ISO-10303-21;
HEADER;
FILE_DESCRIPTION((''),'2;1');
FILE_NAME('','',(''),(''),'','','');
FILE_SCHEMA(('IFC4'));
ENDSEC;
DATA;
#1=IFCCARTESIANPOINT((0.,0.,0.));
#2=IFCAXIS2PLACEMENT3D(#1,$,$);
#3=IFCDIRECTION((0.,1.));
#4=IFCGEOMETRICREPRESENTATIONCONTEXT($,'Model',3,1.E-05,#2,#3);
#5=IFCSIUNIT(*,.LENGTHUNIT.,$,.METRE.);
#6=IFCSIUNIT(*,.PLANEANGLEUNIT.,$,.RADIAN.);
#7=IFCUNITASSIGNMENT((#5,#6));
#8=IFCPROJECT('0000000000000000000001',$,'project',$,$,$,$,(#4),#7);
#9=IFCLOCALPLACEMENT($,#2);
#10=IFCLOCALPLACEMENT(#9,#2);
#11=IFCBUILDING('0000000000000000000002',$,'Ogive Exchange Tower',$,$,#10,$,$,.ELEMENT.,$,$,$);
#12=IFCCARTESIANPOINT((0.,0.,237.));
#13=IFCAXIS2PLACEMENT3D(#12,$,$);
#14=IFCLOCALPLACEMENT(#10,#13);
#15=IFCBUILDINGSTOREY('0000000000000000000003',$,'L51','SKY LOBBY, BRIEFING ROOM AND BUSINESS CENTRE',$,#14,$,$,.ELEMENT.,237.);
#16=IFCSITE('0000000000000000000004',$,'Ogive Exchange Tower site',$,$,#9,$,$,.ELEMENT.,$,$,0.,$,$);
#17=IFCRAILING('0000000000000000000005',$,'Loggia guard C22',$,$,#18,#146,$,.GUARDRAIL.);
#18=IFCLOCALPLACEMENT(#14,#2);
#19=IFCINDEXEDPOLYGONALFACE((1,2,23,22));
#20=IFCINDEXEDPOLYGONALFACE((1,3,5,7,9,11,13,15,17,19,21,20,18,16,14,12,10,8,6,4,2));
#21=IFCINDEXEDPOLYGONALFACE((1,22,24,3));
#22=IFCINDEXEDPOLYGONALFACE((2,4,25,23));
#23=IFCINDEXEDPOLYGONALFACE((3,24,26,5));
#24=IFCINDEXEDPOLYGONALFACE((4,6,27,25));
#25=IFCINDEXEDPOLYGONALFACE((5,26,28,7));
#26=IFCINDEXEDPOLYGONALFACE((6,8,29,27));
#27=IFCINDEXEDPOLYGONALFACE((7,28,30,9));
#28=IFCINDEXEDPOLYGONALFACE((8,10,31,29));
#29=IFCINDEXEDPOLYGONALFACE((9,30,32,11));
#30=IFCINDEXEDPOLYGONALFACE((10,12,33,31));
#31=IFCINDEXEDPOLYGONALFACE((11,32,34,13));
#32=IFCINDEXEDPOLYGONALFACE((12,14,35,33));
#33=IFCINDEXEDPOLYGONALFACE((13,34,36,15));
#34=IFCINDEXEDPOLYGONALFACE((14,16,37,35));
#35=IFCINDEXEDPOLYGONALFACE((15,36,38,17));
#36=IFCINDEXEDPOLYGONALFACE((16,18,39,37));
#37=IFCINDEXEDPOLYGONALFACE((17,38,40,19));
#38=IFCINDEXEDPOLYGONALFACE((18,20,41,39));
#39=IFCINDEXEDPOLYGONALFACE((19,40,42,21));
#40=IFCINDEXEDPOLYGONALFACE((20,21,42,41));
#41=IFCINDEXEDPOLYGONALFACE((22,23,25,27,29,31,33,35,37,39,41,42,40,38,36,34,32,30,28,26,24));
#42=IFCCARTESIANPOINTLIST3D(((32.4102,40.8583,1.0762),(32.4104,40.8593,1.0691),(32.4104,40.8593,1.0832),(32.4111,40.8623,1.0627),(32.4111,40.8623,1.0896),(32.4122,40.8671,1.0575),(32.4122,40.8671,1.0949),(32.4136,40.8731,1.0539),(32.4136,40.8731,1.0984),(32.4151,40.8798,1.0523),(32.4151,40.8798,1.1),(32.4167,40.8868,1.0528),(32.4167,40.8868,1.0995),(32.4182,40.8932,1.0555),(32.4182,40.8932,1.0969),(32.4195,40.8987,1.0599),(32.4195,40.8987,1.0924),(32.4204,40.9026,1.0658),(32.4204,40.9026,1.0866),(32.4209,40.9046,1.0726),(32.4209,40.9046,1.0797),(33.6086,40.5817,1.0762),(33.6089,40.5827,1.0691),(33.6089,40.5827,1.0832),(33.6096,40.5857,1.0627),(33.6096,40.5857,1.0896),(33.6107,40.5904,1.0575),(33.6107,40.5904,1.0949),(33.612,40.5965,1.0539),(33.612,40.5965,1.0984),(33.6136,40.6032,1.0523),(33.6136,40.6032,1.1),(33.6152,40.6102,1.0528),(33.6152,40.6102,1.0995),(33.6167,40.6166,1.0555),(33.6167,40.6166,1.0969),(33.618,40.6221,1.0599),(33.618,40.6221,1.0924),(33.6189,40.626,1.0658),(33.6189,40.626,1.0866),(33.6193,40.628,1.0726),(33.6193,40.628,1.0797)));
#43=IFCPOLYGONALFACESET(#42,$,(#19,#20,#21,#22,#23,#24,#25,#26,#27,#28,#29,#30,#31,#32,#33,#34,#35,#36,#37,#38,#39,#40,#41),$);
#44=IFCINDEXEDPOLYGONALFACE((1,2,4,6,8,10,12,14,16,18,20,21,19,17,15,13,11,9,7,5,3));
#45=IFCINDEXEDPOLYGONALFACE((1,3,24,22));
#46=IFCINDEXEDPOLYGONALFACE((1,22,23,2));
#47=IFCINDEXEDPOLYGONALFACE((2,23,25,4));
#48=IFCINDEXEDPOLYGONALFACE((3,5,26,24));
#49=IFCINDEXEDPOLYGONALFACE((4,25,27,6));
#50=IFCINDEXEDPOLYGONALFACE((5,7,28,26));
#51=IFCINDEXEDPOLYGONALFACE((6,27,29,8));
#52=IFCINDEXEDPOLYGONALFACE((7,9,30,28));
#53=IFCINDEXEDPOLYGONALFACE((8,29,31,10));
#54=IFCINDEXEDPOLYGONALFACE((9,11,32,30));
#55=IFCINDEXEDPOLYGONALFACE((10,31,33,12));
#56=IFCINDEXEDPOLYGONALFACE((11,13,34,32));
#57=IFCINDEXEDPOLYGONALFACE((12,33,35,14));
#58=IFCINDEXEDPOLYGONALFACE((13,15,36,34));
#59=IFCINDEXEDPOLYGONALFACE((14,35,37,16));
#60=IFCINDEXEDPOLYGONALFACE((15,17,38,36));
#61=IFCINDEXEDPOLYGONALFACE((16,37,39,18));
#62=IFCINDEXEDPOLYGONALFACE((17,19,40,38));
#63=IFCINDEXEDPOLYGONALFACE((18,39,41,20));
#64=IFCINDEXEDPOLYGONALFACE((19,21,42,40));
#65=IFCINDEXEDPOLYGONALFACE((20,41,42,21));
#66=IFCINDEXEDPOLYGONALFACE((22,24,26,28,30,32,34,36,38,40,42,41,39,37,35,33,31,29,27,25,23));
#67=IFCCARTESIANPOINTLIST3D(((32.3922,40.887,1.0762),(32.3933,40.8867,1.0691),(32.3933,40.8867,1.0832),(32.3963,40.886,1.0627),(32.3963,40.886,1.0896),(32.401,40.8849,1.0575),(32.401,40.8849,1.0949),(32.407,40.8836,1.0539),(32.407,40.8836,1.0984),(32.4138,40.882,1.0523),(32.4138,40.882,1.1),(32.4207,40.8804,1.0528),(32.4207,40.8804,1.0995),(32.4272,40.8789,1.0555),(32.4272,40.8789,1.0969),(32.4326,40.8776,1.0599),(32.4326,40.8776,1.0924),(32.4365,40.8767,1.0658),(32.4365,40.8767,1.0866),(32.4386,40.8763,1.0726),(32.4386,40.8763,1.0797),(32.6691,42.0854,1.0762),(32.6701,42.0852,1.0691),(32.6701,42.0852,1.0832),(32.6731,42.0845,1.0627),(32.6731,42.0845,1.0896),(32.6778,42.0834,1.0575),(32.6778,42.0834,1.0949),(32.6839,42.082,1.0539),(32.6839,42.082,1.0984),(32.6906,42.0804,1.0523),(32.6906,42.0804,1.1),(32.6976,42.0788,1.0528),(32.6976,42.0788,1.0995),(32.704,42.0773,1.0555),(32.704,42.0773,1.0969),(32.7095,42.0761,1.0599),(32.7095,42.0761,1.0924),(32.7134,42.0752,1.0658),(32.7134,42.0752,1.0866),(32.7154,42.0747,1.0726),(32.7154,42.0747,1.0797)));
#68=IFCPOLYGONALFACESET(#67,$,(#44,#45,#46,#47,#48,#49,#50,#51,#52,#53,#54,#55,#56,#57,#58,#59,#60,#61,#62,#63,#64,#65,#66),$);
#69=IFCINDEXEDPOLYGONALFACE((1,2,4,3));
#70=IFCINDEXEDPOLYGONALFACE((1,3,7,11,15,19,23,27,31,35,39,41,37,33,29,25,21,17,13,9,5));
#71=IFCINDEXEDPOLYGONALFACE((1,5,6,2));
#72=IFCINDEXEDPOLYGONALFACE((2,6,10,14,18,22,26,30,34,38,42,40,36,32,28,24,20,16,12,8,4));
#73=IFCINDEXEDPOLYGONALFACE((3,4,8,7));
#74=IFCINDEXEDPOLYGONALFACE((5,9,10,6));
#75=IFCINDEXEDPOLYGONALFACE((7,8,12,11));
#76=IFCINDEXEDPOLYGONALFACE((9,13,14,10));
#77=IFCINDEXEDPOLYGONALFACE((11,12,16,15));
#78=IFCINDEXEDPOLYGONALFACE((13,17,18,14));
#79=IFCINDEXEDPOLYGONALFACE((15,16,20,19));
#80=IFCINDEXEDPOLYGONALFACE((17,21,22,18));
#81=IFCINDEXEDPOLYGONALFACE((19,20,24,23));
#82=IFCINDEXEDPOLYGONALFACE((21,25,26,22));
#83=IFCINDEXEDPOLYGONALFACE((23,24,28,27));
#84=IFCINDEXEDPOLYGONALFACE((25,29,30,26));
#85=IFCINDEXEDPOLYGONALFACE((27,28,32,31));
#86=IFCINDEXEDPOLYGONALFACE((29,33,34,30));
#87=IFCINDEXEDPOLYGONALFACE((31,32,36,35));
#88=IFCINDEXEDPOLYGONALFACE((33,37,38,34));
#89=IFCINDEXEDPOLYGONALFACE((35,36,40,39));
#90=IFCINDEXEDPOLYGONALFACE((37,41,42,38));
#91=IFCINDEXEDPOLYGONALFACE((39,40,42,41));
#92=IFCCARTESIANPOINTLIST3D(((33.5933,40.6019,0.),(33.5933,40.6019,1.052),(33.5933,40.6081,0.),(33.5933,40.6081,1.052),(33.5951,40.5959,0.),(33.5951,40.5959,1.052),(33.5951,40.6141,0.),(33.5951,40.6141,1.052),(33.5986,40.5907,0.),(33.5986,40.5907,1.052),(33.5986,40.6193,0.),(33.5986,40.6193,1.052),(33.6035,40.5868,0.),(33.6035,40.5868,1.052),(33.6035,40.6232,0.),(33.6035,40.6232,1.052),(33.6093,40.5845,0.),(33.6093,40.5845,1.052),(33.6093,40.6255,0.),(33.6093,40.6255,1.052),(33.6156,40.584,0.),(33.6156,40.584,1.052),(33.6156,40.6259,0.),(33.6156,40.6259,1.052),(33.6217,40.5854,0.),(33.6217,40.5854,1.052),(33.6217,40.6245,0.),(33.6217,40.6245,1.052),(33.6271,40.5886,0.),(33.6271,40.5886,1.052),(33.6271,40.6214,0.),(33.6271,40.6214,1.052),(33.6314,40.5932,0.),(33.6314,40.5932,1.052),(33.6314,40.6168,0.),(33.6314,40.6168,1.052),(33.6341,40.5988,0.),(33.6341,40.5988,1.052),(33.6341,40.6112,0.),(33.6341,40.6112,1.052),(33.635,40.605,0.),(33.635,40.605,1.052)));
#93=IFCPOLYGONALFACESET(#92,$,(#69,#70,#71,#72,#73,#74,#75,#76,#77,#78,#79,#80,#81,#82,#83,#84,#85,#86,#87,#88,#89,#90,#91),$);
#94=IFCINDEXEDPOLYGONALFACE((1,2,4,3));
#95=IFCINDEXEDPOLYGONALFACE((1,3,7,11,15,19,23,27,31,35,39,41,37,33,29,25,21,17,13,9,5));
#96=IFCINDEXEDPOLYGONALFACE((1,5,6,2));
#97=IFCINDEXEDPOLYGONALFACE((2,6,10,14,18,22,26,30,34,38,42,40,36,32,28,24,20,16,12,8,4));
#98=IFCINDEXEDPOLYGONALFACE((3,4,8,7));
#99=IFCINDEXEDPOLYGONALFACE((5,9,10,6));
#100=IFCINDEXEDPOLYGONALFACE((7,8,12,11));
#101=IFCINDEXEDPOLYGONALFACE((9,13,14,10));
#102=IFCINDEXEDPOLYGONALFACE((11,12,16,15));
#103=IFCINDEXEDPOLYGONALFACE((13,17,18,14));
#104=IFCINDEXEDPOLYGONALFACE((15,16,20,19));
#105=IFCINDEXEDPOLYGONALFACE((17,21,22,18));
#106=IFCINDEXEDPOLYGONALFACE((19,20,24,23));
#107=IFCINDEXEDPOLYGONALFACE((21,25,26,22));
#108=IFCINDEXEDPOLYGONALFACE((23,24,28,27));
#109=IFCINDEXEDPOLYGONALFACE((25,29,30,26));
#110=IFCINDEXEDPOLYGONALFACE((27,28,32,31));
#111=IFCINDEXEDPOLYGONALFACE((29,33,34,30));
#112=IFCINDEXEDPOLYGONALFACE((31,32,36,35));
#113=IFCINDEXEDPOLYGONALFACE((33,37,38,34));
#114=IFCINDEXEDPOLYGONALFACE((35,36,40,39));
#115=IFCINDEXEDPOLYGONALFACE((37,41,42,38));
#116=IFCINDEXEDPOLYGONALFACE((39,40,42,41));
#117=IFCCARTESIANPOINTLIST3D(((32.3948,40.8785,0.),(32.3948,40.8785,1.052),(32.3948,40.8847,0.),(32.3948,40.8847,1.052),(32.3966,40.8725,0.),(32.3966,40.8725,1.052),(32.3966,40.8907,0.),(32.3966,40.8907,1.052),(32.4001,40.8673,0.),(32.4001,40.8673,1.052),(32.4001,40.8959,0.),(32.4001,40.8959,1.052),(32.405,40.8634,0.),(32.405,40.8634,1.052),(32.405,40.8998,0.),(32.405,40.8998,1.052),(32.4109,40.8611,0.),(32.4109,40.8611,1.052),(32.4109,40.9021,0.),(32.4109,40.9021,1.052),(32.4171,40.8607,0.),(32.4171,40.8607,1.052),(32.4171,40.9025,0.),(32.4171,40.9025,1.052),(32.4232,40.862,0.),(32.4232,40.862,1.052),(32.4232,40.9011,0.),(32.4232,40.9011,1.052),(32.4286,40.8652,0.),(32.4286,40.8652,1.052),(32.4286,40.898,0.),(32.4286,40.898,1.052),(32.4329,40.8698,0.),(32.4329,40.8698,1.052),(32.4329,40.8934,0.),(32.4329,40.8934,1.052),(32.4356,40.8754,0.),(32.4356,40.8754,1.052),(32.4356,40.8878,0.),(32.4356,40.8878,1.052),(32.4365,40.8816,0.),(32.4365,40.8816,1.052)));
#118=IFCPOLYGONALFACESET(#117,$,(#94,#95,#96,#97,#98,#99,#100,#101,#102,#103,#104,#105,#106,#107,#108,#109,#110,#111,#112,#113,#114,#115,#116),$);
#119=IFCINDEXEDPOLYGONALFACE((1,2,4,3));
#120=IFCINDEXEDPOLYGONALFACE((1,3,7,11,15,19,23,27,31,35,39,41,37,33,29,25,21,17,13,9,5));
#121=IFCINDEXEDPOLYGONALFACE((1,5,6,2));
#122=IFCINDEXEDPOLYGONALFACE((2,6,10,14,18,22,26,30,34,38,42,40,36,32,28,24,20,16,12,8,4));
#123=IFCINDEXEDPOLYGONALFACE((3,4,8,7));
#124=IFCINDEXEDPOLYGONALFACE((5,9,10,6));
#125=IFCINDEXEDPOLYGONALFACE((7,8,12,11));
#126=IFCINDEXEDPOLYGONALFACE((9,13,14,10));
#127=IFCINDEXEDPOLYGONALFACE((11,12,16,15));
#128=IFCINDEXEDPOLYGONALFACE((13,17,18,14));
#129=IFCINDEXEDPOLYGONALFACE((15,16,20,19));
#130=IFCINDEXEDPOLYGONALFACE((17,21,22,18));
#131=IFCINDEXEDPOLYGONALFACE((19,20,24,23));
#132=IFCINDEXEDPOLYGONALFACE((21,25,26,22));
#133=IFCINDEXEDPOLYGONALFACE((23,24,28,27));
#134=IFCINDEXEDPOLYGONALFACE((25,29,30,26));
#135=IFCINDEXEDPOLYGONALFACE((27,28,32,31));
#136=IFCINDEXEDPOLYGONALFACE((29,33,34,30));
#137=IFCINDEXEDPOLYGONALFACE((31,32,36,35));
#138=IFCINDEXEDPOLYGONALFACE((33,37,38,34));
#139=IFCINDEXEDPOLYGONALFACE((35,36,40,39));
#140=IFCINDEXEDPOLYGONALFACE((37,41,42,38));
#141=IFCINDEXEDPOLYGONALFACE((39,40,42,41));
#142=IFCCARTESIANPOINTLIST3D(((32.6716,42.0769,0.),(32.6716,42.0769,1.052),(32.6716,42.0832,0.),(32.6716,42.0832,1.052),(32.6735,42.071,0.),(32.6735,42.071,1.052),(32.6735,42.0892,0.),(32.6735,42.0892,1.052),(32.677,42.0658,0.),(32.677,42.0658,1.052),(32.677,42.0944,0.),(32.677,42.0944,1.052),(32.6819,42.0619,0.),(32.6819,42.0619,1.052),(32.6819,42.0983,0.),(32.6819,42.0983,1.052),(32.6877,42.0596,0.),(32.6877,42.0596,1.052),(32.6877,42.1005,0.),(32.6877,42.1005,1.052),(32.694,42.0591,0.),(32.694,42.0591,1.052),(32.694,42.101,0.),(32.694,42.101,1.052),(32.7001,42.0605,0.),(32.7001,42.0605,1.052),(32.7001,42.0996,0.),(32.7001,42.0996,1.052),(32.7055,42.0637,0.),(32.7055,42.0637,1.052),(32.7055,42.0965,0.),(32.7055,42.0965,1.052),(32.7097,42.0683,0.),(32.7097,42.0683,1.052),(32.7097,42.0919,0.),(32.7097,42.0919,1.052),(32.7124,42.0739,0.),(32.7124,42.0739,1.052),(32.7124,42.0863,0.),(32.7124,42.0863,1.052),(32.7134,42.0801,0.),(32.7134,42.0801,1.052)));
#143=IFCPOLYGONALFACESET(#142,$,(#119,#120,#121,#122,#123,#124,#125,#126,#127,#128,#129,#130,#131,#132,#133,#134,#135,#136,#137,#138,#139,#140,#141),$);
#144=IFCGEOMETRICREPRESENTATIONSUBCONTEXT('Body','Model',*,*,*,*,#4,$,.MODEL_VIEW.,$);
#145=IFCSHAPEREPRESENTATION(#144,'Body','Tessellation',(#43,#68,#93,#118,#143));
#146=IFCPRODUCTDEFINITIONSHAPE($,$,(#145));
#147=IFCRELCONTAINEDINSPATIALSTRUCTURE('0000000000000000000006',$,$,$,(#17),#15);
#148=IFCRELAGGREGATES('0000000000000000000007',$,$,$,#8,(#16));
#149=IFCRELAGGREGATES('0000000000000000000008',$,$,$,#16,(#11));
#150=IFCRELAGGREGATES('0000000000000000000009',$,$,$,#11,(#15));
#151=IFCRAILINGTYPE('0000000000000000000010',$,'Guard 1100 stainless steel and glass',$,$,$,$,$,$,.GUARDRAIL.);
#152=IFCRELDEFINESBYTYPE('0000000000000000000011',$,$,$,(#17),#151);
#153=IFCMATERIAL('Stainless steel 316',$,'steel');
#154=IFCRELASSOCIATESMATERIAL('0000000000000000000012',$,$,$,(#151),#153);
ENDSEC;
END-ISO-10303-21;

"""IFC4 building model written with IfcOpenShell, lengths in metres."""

from ifc_helpers import new_model, si_unit, direction, frame, origin, origin_2d, place, context, subcontext, project, spatial, circle, extrude, material, type_object, element, save


model = new_model("IFC4")

# Units and contexts
model_context = context("Model", 3, precision=1e-05, world=origin(), true_north=direction((0.0, 1.0)))
body_context = subcontext(model_context, "Body", "Model", "MODEL_VIEW")
ifc_project = project(units=[si_unit("LENGTHUNIT", "METRE"), si_unit("PLANEANGLEUNIT", "RADIAN")], contexts=[model_context])

# Site, building, storey
site_placement = place(None, origin())
site = spatial("IfcSite", under=ifc_project, at=site_placement, Name="Ogive Exchange Tower site", CompositionType="ELEMENT", RefElevation=0.0)
building_placement = place(site_placement, origin())
building = spatial("IfcBuilding", under=site, at=building_placement, Name="Ogive Exchange Tower", CompositionType="ELEMENT")
storey_placement = place(building_placement, frame((0.0, 0.0, 237.0)))
storey = spatial("IfcBuildingStorey", under=building, at=storey_placement, Name="L51", Description="SKY LOBBY, BRIEFING ROOM AND BUSINESS CENTRE", CompositionType="ELEMENT", Elevation=237.0)

# Railing
ifc_material_1 = material(Name="Stainless steel 316", Category="steel")
railing_type = type_object("IfcRailingType", Name="Guard 1100 stainless steel and glass", PredefinedType="GUARDRAIL", material=ifc_material_1)
railing_1_placement = place(storey_placement, frame((33.614, 40.605, 0.0)))
element("IfcRailing", 1, at=railing_1_placement, inside=storey, type_object=railing_type, Name="Loggia guard C22", PredefinedType="GUARDRAIL", context=body_context, shape_type="SweptSolid", body=[
    extrude(circle(Radius=0.0239, at=origin_2d()), frame((0.0, 0.0, 1.0762), z_axis=(-0.974385, 0.224888, 0.0), x_axis=(-0.224888, -0.974385, 0.0)), (0.0, 0.0, 1.0), 1.23),
    extrude(circle(Radius=0.0239, at=origin_2d()), frame((-1.1985, 0.2766, 1.0762), z_axis=(0.225077, 0.974341, 0.0), x_axis=(-0.974341, 0.225077, 0.0)), (0.0, 0.0, 1.0), 1.23),
    extrude(circle(Radius=0.021, at=origin_2d()), origin(), (0.0, 0.0, 1.0), 1.052),
    extrude(circle(Radius=0.021, at=origin_2d()), frame((-1.1985, 0.2766, 0.0)), (0.0, 0.0, 1.0), 1.052),
    extrude(circle(Radius=0.021, at=origin_2d()), frame((-0.9216, 1.4751, 0.0)), (0.0, 0.0, 1.0), 1.052),
])

save(model, "model.ifc")
